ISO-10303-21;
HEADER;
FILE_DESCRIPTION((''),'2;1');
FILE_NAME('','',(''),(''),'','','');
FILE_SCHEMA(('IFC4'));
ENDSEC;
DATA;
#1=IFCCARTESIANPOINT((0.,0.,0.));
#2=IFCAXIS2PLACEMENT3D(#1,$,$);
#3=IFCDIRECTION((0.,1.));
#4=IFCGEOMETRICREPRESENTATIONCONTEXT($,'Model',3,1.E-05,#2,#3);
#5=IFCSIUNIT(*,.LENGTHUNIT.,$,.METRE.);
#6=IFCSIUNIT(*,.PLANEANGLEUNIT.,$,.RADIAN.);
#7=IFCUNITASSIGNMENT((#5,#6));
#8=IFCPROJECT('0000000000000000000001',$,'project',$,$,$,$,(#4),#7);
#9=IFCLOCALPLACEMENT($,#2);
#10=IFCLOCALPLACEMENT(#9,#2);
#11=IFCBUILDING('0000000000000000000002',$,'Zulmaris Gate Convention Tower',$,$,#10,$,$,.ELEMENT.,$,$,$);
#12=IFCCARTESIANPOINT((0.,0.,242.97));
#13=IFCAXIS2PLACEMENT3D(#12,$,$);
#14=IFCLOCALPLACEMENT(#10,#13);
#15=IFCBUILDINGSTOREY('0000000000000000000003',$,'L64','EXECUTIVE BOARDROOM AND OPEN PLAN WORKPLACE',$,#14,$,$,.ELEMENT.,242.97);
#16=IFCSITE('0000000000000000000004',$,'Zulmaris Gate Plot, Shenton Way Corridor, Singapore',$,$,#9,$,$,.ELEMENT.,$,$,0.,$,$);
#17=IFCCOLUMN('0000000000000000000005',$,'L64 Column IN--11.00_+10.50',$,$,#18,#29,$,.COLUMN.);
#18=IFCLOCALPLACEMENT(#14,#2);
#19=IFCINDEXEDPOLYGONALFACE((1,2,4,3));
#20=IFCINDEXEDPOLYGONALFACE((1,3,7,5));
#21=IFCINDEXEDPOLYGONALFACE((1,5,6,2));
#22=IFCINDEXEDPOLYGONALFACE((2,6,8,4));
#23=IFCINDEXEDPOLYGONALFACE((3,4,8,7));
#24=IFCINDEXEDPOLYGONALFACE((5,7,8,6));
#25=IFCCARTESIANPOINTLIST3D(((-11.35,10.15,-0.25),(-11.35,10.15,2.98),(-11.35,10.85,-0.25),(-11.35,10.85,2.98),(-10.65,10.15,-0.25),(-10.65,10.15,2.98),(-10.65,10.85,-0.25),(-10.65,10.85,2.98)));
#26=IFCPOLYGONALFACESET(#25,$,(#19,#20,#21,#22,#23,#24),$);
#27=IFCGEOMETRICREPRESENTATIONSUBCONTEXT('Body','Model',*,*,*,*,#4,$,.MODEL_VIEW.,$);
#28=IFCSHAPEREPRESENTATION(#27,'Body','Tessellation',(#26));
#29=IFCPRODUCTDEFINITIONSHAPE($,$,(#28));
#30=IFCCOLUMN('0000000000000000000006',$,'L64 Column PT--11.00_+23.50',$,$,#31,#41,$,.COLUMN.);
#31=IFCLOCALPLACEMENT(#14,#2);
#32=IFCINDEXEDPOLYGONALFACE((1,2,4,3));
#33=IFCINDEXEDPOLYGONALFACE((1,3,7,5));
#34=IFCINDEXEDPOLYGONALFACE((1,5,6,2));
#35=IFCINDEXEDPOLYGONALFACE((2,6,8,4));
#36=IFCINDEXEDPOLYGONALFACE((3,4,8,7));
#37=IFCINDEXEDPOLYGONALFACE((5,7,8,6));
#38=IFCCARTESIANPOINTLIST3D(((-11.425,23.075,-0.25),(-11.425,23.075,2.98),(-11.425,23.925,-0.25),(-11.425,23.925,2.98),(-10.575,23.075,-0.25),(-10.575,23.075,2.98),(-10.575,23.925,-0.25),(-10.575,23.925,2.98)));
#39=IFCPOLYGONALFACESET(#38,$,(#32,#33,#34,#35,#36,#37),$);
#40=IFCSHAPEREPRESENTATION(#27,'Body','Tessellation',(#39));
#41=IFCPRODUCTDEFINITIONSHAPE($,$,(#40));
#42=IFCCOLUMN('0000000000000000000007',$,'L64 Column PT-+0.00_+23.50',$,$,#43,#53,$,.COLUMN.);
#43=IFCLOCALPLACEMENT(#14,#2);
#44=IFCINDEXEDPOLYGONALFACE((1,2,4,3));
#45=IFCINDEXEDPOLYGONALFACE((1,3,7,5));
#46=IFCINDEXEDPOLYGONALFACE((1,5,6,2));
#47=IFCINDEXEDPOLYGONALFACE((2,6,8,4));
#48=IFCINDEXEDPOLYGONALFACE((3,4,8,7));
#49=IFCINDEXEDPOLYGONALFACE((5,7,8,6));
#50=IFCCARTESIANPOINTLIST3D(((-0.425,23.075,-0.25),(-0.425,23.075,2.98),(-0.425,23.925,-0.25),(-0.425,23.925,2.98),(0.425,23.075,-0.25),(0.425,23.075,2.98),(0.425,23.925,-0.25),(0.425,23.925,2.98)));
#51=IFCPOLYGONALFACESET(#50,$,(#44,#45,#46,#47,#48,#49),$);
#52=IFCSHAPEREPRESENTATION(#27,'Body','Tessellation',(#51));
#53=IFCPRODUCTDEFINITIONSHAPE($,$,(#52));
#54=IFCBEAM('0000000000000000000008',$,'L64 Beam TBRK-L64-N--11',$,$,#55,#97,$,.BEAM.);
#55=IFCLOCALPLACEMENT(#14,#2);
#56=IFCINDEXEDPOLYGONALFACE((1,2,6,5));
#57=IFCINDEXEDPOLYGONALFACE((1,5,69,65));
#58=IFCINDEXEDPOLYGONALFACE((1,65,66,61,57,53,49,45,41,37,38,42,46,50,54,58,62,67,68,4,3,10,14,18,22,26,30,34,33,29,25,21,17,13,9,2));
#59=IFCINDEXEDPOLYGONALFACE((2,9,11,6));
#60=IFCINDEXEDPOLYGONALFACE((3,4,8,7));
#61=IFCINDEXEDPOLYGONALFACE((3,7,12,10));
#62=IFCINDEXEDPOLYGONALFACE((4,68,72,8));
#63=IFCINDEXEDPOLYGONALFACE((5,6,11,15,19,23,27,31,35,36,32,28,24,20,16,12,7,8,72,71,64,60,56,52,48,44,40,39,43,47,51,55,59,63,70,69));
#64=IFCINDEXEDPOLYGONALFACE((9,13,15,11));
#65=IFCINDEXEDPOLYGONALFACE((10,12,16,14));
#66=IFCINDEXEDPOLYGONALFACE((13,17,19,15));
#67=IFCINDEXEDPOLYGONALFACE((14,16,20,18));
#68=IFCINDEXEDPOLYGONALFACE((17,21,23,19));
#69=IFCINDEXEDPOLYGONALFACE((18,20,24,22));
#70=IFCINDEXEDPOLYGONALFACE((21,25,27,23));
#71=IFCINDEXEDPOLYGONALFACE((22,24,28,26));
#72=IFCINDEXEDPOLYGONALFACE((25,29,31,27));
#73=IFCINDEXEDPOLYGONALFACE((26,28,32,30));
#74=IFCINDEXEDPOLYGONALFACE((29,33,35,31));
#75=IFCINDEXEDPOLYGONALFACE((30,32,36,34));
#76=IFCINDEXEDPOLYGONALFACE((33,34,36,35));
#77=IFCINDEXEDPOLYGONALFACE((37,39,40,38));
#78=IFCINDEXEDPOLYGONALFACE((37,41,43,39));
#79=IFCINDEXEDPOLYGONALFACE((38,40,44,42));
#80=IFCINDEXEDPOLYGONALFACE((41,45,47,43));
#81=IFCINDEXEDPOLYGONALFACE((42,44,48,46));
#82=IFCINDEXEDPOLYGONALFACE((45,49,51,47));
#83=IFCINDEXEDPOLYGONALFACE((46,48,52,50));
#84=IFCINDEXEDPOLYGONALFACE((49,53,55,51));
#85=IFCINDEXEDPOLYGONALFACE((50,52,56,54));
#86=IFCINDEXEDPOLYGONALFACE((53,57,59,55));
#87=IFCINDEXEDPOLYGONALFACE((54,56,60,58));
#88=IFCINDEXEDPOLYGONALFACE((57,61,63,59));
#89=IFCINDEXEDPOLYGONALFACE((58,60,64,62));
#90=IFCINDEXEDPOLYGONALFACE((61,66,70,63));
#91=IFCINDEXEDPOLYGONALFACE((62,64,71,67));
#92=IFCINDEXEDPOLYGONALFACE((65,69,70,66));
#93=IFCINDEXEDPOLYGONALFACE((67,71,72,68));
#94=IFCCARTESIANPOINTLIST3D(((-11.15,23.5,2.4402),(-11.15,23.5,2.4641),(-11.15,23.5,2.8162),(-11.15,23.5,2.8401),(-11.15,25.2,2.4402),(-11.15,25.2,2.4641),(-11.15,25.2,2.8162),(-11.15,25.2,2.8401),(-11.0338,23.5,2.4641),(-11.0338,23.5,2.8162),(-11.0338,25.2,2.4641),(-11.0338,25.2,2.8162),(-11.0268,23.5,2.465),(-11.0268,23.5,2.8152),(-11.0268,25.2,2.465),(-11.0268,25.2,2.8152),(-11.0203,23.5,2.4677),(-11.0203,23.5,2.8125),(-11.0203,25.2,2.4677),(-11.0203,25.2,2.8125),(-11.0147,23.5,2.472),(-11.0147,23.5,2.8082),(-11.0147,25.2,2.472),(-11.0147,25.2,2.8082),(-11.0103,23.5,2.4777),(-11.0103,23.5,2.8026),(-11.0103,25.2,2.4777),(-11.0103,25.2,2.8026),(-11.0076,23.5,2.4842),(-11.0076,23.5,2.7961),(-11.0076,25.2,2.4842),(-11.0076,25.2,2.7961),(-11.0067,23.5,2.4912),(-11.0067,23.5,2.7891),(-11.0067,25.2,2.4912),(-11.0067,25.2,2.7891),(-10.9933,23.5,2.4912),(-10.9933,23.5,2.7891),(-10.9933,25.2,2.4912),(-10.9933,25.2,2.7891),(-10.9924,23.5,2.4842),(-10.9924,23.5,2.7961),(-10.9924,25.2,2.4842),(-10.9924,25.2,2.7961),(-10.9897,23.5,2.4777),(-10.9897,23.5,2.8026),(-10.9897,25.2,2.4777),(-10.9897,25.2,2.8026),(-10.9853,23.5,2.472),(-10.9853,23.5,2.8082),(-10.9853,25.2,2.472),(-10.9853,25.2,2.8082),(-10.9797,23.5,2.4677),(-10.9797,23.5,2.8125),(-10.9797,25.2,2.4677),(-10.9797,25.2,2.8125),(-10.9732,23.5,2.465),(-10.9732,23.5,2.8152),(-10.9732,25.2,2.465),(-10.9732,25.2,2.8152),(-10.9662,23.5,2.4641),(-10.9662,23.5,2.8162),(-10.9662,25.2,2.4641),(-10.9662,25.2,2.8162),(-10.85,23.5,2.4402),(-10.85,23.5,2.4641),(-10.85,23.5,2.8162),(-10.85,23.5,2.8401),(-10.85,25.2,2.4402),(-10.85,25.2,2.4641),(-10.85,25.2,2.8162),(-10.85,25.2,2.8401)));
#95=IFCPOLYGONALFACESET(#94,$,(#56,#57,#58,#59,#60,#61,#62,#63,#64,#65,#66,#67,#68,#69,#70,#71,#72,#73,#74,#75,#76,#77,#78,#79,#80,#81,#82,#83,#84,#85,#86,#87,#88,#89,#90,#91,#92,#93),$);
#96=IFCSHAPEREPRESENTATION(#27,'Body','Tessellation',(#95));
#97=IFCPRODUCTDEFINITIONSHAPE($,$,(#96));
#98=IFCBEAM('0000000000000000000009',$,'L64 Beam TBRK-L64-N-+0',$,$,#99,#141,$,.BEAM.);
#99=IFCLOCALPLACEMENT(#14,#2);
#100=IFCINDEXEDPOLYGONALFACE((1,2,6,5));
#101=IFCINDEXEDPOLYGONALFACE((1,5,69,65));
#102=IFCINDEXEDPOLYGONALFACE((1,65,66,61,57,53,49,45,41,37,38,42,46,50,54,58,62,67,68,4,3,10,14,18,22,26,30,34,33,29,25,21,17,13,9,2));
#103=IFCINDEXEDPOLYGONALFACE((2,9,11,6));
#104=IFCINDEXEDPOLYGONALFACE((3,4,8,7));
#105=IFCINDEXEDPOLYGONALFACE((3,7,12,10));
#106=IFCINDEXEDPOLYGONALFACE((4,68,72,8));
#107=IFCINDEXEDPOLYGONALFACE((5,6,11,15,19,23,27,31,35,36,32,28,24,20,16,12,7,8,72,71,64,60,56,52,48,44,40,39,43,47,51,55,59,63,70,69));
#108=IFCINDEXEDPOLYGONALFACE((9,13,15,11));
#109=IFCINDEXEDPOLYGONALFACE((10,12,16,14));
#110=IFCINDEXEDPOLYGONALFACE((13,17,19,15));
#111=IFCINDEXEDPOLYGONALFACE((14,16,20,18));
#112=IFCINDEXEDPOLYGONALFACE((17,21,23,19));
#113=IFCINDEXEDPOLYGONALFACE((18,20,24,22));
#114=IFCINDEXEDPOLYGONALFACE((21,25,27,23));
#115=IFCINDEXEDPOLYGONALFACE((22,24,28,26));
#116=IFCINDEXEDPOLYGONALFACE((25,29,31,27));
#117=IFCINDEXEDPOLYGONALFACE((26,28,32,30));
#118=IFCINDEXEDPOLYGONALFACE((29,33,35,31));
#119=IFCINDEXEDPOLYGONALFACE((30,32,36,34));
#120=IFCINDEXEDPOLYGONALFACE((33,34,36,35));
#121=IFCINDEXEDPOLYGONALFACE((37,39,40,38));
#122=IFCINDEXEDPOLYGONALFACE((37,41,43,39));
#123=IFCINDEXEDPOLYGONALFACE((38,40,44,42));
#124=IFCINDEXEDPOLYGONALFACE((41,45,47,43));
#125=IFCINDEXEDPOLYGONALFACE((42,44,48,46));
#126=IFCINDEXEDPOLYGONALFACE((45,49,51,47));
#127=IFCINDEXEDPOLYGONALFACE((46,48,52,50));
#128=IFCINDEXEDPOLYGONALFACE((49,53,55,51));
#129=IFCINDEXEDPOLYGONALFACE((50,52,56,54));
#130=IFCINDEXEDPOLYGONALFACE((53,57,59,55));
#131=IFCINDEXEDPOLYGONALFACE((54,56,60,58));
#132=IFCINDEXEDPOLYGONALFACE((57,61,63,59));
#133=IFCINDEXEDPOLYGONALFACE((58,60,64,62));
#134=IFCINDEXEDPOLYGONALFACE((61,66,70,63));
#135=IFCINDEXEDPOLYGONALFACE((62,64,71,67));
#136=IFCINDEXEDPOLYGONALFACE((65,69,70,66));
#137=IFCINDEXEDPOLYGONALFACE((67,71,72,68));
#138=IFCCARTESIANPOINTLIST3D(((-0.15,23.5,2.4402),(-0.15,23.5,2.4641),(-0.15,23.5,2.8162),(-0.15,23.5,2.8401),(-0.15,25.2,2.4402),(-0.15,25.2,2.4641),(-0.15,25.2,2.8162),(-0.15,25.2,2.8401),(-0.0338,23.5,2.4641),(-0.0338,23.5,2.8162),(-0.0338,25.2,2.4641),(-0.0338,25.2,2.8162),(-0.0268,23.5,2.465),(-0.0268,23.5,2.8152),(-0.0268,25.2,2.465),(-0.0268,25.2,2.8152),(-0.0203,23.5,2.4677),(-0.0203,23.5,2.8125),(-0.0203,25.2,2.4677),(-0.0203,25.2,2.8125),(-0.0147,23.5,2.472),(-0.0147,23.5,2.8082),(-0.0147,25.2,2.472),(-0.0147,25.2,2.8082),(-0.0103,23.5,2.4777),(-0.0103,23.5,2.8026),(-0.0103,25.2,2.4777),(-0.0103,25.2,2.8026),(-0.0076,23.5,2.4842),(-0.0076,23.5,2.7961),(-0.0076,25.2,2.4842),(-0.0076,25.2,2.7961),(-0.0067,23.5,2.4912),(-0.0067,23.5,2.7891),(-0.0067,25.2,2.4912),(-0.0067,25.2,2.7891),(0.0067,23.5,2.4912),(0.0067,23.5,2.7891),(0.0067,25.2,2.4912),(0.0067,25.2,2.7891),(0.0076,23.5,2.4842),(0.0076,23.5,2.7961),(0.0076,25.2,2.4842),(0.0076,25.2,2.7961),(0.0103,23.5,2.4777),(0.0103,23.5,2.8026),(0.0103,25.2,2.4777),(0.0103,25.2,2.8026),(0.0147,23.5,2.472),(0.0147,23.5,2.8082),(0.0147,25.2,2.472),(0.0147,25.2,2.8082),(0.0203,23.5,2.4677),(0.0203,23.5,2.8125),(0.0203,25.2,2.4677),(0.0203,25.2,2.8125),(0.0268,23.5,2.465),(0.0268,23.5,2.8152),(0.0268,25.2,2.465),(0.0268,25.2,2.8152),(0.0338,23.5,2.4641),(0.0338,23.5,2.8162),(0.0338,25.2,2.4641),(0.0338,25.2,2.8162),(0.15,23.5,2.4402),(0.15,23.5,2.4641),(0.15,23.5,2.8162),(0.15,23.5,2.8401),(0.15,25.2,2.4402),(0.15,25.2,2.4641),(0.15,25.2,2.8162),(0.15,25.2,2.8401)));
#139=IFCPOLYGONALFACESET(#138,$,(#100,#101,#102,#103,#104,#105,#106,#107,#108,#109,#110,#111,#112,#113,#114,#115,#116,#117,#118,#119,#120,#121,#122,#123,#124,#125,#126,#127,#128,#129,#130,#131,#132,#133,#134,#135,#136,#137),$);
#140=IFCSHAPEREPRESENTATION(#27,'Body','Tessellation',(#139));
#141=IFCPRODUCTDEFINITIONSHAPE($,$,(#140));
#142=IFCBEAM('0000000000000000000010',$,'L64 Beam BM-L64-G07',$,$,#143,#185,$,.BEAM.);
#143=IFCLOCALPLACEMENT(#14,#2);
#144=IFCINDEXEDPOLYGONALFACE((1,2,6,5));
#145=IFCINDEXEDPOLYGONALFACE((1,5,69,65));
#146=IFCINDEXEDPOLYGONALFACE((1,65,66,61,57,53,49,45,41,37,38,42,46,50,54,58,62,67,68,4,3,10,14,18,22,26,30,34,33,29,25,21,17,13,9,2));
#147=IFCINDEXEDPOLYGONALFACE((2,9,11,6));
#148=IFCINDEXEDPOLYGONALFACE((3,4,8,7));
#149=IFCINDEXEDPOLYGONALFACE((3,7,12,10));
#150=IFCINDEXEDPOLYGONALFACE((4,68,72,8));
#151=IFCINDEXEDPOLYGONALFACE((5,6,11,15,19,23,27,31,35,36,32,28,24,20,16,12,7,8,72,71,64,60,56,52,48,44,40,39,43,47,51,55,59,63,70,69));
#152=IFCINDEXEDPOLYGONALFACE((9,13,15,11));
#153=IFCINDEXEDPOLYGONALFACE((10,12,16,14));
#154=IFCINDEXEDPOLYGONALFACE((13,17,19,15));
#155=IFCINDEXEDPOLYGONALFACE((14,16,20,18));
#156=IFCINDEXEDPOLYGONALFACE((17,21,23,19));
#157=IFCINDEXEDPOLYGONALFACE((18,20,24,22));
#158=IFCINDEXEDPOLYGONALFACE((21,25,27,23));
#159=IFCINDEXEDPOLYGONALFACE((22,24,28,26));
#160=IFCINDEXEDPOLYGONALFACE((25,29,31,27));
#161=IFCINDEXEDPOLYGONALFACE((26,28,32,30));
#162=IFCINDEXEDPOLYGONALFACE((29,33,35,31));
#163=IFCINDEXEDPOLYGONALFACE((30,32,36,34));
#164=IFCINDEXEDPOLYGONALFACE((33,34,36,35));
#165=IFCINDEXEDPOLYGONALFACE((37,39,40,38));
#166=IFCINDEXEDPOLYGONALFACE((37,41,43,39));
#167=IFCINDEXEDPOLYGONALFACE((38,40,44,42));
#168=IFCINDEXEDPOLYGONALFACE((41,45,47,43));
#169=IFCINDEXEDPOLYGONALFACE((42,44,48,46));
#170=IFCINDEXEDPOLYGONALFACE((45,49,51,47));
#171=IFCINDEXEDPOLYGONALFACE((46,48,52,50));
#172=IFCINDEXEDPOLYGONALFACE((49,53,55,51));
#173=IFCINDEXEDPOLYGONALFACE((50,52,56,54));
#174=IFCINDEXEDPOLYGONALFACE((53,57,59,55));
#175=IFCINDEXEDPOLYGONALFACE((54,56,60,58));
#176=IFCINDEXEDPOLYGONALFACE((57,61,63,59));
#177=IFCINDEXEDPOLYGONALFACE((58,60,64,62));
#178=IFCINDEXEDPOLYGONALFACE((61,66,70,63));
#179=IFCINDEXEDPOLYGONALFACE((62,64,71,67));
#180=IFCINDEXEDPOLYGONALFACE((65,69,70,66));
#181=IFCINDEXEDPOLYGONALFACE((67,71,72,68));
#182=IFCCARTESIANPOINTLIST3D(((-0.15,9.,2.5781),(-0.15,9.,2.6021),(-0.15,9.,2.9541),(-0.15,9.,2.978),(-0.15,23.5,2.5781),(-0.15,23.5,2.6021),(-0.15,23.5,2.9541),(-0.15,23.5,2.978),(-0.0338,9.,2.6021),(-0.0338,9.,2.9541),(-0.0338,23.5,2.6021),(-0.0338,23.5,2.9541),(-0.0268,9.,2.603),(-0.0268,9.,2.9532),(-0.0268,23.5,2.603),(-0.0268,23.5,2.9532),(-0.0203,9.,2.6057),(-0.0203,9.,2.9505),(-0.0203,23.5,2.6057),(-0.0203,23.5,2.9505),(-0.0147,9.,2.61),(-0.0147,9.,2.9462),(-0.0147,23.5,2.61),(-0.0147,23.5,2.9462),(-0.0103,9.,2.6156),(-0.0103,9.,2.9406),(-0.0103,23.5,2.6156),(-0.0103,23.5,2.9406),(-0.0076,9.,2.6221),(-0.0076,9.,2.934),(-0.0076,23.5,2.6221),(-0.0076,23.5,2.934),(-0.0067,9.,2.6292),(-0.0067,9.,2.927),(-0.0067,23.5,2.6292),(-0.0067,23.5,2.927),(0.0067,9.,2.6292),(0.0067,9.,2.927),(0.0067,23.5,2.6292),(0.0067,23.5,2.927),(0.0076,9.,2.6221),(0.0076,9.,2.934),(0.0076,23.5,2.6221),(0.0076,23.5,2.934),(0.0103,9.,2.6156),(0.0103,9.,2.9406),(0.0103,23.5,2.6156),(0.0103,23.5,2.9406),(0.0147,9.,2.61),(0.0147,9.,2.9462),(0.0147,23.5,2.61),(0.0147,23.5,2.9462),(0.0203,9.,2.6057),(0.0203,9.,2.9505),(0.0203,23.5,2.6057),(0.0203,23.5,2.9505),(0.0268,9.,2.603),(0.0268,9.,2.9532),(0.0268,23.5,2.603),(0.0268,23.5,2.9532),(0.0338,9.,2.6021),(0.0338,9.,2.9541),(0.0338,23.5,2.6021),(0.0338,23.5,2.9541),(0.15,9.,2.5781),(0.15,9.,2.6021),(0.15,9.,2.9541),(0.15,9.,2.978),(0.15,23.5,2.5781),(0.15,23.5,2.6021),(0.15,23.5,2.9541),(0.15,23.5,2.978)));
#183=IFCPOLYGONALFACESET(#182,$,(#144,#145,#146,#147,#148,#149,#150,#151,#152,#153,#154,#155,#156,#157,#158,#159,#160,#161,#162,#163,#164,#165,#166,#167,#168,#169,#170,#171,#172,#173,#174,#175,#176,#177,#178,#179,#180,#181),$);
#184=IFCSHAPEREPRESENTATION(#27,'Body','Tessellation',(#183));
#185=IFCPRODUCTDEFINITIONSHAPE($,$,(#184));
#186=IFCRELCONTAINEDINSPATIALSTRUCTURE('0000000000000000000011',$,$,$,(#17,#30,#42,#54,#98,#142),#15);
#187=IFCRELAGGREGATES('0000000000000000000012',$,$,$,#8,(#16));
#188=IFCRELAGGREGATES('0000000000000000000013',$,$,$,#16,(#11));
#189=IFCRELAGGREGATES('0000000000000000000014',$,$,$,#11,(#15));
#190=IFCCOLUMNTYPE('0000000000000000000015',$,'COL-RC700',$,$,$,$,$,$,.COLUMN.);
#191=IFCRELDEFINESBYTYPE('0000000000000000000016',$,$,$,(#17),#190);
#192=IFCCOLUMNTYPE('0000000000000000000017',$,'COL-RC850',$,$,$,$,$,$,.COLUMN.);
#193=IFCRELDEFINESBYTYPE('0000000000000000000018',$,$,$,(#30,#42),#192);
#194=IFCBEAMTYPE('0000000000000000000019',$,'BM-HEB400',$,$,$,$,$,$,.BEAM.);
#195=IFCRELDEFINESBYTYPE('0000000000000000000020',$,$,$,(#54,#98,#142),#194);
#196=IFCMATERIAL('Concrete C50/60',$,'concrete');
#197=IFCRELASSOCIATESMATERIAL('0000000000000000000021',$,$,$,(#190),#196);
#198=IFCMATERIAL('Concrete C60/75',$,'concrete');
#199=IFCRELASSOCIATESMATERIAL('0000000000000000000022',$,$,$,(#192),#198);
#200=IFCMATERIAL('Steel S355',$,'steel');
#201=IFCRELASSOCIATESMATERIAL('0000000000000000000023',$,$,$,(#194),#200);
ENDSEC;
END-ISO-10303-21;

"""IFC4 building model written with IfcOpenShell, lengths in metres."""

from ifc_helpers import new_model, si_unit, direction, frame, origin, origin_2d, place, context, subcontext, project, spatial, rectangle, i_section, extrude, material, material_profile, profile_set, type_object, element, save


model = new_model("IFC4")

# Units and contexts
model_context = context("Model", 3, precision=1e-05, world=origin(), true_north=direction((0.0, 1.0)))
body_context = subcontext(model_context, "Body", "Model", "MODEL_VIEW")
ifc_project = project(units=[si_unit("LENGTHUNIT", "METRE"), si_unit("PLANEANGLEUNIT", "RADIAN")], contexts=[model_context])

# Site, building, storey
site_placement = place(None, origin())
site = spatial("IfcSite", under=ifc_project, at=site_placement, Name="Zulmaris Gate Plot, Shenton Way Corridor, Singapore", CompositionType="ELEMENT", RefElevation=0.0)
building_placement = place(site_placement, origin())
building = spatial("IfcBuilding", under=site, at=building_placement, Name="Zulmaris Gate Convention Tower", CompositionType="ELEMENT")
storey_placement = place(building_placement, frame((0.0, 0.0, 242.97)))
storey = spatial("IfcBuildingStorey", under=building, at=storey_placement, Name="L64", Description="EXECUTIVE BOARDROOM AND OPEN PLAN WORKPLACE", CompositionType="ELEMENT", Elevation=242.97)

# Columns
ifc_material_1 = material(Name="Concrete C50/60", Category="concrete")
ifc_material_profile_1 = material_profile(ifc_material_1, rectangle(XDim=0.7, YDim=0.7, at=origin_2d()), Name="RC COL 700x700")
ifc_profile_set_1 = profile_set([ifc_material_profile_1], Name="Concrete C50/60")
column_type_1 = type_object("IfcColumnType", Name="COL-RC700", PredefinedType="COLUMN", material=ifc_profile_set_1)
column_placement = place(storey_placement, frame((-11.0, 10.5, -0.25), z_axis=(0.0, 0.0, 1.0), x_axis=(1.0, 0.0, 0.0)))
element("IfcColumn", 1, at=column_placement, inside=storey, type_object=column_type_1, Name="L64 Column IN--11.00_+10.50", PredefinedType="COLUMN", context=body_context, shape_type="SweptSolid", body=[
    extrude(rectangle(XDim=0.7, YDim=0.7, at=origin_2d()), origin(), (0.0, 0.0, 1.0), 3.23),
])
ifc_material_2 = material(Name="Concrete C60/75", Category="concrete")
ifc_material_profile_2 = material_profile(ifc_material_2, rectangle(XDim=0.8501, YDim=0.8501, at=origin_2d()), Name="RC COL 850x850")
ifc_profile_set_2 = profile_set([ifc_material_profile_2], Name="Concrete C60/75")
column_type_2 = type_object("IfcColumnType", Name="COL-RC850", PredefinedType="COLUMN", material=ifc_profile_set_2)
for number, where, z_axis, x_axis, name in (
    (2, (-11.0, 23.5, -0.25), (0.0, 0.0, 1.0), (1.0, 0.0, 0.0), "L64 Column PT--11.00_+23.50"),
    (3, (0.0, 23.5, -0.25), (0.0, 0.0, 1.0), (1.0, 0.0, 0.0), "L64 Column PT-+0.00_+23.50"),
):
    element("IfcColumn", number, at=place(storey_placement, frame(where, z_axis=z_axis, x_axis=x_axis)), inside=storey, type_object=column_type_2, Name=name, PredefinedType="COLUMN", context=body_context, shape_type="SweptSolid", body=[
        extrude(rectangle(XDim=0.8501, YDim=0.8501, at=origin_2d()), origin(), (0.0, 0.0, 1.0), 3.23),
    ])

# Beams
ifc_material_3 = material(Name="Steel S355", Category="steel")
ifc_material_profile_3 = material_profile(ifc_material_3, i_section(OverallWidth=0.3, OverallDepth=0.3999, WebThickness=0.0134, FlangeThickness=0.0239, FilletRadius=0.0271, at=origin_2d()), Name="HEB 400")
ifc_profile_set_3 = profile_set([ifc_material_profile_3], Name="Steel S355")
beam_type_1 = type_object("IfcBeamType", Name="BM-HEB400", PredefinedType="BEAM", material=ifc_profile_set_3)
for number, where, z_axis, x_axis, name in (
    (4, (-11.0, 23.5, 2.6401), (0.0, 1.0, 0.0), (-1.0, 0.0, 0.0), "L64 Beam TBRK-L64-N--11"),
    (5, (0.0, 23.5, 2.6401), (0.0, 1.0, 0.0), (-1.0, 0.0, 0.0), "L64 Beam TBRK-L64-N-+0"),
):
    element("IfcBeam", number, at=place(storey_placement, frame(where, z_axis=z_axis, x_axis=x_axis)), inside=storey, type_object=beam_type_1, Name=name, PredefinedType="BEAM", context=body_context, shape_type="SweptSolid", body=[
        extrude(i_section(OverallWidth=0.3, OverallDepth=0.3999, WebThickness=0.0134, FlangeThickness=0.0239, FilletRadius=0.0271, at=origin_2d()), origin(), (0.0, 0.0, 1.0), 1.7),
    ])
beam_1_placement = place(storey_placement, frame((0.0, 9.0, 2.7781), z_axis=(0.0, 1.0, 0.0), x_axis=(-1.0, 0.0, 0.0)))
element("IfcBeam", 6, at=beam_1_placement, inside=storey, type_object=beam_type_1, Name="L64 Beam BM-L64-G07", PredefinedType="BEAM", context=body_context, shape_type="SweptSolid", body=[
    extrude(i_section(OverallWidth=0.3, OverallDepth=0.3999, WebThickness=0.0134, FlangeThickness=0.0239, FilletRadius=0.0271, at=origin_2d()), origin(), (0.0, 0.0, 1.0), 14.5),
])

save(model, "model.ifc")
